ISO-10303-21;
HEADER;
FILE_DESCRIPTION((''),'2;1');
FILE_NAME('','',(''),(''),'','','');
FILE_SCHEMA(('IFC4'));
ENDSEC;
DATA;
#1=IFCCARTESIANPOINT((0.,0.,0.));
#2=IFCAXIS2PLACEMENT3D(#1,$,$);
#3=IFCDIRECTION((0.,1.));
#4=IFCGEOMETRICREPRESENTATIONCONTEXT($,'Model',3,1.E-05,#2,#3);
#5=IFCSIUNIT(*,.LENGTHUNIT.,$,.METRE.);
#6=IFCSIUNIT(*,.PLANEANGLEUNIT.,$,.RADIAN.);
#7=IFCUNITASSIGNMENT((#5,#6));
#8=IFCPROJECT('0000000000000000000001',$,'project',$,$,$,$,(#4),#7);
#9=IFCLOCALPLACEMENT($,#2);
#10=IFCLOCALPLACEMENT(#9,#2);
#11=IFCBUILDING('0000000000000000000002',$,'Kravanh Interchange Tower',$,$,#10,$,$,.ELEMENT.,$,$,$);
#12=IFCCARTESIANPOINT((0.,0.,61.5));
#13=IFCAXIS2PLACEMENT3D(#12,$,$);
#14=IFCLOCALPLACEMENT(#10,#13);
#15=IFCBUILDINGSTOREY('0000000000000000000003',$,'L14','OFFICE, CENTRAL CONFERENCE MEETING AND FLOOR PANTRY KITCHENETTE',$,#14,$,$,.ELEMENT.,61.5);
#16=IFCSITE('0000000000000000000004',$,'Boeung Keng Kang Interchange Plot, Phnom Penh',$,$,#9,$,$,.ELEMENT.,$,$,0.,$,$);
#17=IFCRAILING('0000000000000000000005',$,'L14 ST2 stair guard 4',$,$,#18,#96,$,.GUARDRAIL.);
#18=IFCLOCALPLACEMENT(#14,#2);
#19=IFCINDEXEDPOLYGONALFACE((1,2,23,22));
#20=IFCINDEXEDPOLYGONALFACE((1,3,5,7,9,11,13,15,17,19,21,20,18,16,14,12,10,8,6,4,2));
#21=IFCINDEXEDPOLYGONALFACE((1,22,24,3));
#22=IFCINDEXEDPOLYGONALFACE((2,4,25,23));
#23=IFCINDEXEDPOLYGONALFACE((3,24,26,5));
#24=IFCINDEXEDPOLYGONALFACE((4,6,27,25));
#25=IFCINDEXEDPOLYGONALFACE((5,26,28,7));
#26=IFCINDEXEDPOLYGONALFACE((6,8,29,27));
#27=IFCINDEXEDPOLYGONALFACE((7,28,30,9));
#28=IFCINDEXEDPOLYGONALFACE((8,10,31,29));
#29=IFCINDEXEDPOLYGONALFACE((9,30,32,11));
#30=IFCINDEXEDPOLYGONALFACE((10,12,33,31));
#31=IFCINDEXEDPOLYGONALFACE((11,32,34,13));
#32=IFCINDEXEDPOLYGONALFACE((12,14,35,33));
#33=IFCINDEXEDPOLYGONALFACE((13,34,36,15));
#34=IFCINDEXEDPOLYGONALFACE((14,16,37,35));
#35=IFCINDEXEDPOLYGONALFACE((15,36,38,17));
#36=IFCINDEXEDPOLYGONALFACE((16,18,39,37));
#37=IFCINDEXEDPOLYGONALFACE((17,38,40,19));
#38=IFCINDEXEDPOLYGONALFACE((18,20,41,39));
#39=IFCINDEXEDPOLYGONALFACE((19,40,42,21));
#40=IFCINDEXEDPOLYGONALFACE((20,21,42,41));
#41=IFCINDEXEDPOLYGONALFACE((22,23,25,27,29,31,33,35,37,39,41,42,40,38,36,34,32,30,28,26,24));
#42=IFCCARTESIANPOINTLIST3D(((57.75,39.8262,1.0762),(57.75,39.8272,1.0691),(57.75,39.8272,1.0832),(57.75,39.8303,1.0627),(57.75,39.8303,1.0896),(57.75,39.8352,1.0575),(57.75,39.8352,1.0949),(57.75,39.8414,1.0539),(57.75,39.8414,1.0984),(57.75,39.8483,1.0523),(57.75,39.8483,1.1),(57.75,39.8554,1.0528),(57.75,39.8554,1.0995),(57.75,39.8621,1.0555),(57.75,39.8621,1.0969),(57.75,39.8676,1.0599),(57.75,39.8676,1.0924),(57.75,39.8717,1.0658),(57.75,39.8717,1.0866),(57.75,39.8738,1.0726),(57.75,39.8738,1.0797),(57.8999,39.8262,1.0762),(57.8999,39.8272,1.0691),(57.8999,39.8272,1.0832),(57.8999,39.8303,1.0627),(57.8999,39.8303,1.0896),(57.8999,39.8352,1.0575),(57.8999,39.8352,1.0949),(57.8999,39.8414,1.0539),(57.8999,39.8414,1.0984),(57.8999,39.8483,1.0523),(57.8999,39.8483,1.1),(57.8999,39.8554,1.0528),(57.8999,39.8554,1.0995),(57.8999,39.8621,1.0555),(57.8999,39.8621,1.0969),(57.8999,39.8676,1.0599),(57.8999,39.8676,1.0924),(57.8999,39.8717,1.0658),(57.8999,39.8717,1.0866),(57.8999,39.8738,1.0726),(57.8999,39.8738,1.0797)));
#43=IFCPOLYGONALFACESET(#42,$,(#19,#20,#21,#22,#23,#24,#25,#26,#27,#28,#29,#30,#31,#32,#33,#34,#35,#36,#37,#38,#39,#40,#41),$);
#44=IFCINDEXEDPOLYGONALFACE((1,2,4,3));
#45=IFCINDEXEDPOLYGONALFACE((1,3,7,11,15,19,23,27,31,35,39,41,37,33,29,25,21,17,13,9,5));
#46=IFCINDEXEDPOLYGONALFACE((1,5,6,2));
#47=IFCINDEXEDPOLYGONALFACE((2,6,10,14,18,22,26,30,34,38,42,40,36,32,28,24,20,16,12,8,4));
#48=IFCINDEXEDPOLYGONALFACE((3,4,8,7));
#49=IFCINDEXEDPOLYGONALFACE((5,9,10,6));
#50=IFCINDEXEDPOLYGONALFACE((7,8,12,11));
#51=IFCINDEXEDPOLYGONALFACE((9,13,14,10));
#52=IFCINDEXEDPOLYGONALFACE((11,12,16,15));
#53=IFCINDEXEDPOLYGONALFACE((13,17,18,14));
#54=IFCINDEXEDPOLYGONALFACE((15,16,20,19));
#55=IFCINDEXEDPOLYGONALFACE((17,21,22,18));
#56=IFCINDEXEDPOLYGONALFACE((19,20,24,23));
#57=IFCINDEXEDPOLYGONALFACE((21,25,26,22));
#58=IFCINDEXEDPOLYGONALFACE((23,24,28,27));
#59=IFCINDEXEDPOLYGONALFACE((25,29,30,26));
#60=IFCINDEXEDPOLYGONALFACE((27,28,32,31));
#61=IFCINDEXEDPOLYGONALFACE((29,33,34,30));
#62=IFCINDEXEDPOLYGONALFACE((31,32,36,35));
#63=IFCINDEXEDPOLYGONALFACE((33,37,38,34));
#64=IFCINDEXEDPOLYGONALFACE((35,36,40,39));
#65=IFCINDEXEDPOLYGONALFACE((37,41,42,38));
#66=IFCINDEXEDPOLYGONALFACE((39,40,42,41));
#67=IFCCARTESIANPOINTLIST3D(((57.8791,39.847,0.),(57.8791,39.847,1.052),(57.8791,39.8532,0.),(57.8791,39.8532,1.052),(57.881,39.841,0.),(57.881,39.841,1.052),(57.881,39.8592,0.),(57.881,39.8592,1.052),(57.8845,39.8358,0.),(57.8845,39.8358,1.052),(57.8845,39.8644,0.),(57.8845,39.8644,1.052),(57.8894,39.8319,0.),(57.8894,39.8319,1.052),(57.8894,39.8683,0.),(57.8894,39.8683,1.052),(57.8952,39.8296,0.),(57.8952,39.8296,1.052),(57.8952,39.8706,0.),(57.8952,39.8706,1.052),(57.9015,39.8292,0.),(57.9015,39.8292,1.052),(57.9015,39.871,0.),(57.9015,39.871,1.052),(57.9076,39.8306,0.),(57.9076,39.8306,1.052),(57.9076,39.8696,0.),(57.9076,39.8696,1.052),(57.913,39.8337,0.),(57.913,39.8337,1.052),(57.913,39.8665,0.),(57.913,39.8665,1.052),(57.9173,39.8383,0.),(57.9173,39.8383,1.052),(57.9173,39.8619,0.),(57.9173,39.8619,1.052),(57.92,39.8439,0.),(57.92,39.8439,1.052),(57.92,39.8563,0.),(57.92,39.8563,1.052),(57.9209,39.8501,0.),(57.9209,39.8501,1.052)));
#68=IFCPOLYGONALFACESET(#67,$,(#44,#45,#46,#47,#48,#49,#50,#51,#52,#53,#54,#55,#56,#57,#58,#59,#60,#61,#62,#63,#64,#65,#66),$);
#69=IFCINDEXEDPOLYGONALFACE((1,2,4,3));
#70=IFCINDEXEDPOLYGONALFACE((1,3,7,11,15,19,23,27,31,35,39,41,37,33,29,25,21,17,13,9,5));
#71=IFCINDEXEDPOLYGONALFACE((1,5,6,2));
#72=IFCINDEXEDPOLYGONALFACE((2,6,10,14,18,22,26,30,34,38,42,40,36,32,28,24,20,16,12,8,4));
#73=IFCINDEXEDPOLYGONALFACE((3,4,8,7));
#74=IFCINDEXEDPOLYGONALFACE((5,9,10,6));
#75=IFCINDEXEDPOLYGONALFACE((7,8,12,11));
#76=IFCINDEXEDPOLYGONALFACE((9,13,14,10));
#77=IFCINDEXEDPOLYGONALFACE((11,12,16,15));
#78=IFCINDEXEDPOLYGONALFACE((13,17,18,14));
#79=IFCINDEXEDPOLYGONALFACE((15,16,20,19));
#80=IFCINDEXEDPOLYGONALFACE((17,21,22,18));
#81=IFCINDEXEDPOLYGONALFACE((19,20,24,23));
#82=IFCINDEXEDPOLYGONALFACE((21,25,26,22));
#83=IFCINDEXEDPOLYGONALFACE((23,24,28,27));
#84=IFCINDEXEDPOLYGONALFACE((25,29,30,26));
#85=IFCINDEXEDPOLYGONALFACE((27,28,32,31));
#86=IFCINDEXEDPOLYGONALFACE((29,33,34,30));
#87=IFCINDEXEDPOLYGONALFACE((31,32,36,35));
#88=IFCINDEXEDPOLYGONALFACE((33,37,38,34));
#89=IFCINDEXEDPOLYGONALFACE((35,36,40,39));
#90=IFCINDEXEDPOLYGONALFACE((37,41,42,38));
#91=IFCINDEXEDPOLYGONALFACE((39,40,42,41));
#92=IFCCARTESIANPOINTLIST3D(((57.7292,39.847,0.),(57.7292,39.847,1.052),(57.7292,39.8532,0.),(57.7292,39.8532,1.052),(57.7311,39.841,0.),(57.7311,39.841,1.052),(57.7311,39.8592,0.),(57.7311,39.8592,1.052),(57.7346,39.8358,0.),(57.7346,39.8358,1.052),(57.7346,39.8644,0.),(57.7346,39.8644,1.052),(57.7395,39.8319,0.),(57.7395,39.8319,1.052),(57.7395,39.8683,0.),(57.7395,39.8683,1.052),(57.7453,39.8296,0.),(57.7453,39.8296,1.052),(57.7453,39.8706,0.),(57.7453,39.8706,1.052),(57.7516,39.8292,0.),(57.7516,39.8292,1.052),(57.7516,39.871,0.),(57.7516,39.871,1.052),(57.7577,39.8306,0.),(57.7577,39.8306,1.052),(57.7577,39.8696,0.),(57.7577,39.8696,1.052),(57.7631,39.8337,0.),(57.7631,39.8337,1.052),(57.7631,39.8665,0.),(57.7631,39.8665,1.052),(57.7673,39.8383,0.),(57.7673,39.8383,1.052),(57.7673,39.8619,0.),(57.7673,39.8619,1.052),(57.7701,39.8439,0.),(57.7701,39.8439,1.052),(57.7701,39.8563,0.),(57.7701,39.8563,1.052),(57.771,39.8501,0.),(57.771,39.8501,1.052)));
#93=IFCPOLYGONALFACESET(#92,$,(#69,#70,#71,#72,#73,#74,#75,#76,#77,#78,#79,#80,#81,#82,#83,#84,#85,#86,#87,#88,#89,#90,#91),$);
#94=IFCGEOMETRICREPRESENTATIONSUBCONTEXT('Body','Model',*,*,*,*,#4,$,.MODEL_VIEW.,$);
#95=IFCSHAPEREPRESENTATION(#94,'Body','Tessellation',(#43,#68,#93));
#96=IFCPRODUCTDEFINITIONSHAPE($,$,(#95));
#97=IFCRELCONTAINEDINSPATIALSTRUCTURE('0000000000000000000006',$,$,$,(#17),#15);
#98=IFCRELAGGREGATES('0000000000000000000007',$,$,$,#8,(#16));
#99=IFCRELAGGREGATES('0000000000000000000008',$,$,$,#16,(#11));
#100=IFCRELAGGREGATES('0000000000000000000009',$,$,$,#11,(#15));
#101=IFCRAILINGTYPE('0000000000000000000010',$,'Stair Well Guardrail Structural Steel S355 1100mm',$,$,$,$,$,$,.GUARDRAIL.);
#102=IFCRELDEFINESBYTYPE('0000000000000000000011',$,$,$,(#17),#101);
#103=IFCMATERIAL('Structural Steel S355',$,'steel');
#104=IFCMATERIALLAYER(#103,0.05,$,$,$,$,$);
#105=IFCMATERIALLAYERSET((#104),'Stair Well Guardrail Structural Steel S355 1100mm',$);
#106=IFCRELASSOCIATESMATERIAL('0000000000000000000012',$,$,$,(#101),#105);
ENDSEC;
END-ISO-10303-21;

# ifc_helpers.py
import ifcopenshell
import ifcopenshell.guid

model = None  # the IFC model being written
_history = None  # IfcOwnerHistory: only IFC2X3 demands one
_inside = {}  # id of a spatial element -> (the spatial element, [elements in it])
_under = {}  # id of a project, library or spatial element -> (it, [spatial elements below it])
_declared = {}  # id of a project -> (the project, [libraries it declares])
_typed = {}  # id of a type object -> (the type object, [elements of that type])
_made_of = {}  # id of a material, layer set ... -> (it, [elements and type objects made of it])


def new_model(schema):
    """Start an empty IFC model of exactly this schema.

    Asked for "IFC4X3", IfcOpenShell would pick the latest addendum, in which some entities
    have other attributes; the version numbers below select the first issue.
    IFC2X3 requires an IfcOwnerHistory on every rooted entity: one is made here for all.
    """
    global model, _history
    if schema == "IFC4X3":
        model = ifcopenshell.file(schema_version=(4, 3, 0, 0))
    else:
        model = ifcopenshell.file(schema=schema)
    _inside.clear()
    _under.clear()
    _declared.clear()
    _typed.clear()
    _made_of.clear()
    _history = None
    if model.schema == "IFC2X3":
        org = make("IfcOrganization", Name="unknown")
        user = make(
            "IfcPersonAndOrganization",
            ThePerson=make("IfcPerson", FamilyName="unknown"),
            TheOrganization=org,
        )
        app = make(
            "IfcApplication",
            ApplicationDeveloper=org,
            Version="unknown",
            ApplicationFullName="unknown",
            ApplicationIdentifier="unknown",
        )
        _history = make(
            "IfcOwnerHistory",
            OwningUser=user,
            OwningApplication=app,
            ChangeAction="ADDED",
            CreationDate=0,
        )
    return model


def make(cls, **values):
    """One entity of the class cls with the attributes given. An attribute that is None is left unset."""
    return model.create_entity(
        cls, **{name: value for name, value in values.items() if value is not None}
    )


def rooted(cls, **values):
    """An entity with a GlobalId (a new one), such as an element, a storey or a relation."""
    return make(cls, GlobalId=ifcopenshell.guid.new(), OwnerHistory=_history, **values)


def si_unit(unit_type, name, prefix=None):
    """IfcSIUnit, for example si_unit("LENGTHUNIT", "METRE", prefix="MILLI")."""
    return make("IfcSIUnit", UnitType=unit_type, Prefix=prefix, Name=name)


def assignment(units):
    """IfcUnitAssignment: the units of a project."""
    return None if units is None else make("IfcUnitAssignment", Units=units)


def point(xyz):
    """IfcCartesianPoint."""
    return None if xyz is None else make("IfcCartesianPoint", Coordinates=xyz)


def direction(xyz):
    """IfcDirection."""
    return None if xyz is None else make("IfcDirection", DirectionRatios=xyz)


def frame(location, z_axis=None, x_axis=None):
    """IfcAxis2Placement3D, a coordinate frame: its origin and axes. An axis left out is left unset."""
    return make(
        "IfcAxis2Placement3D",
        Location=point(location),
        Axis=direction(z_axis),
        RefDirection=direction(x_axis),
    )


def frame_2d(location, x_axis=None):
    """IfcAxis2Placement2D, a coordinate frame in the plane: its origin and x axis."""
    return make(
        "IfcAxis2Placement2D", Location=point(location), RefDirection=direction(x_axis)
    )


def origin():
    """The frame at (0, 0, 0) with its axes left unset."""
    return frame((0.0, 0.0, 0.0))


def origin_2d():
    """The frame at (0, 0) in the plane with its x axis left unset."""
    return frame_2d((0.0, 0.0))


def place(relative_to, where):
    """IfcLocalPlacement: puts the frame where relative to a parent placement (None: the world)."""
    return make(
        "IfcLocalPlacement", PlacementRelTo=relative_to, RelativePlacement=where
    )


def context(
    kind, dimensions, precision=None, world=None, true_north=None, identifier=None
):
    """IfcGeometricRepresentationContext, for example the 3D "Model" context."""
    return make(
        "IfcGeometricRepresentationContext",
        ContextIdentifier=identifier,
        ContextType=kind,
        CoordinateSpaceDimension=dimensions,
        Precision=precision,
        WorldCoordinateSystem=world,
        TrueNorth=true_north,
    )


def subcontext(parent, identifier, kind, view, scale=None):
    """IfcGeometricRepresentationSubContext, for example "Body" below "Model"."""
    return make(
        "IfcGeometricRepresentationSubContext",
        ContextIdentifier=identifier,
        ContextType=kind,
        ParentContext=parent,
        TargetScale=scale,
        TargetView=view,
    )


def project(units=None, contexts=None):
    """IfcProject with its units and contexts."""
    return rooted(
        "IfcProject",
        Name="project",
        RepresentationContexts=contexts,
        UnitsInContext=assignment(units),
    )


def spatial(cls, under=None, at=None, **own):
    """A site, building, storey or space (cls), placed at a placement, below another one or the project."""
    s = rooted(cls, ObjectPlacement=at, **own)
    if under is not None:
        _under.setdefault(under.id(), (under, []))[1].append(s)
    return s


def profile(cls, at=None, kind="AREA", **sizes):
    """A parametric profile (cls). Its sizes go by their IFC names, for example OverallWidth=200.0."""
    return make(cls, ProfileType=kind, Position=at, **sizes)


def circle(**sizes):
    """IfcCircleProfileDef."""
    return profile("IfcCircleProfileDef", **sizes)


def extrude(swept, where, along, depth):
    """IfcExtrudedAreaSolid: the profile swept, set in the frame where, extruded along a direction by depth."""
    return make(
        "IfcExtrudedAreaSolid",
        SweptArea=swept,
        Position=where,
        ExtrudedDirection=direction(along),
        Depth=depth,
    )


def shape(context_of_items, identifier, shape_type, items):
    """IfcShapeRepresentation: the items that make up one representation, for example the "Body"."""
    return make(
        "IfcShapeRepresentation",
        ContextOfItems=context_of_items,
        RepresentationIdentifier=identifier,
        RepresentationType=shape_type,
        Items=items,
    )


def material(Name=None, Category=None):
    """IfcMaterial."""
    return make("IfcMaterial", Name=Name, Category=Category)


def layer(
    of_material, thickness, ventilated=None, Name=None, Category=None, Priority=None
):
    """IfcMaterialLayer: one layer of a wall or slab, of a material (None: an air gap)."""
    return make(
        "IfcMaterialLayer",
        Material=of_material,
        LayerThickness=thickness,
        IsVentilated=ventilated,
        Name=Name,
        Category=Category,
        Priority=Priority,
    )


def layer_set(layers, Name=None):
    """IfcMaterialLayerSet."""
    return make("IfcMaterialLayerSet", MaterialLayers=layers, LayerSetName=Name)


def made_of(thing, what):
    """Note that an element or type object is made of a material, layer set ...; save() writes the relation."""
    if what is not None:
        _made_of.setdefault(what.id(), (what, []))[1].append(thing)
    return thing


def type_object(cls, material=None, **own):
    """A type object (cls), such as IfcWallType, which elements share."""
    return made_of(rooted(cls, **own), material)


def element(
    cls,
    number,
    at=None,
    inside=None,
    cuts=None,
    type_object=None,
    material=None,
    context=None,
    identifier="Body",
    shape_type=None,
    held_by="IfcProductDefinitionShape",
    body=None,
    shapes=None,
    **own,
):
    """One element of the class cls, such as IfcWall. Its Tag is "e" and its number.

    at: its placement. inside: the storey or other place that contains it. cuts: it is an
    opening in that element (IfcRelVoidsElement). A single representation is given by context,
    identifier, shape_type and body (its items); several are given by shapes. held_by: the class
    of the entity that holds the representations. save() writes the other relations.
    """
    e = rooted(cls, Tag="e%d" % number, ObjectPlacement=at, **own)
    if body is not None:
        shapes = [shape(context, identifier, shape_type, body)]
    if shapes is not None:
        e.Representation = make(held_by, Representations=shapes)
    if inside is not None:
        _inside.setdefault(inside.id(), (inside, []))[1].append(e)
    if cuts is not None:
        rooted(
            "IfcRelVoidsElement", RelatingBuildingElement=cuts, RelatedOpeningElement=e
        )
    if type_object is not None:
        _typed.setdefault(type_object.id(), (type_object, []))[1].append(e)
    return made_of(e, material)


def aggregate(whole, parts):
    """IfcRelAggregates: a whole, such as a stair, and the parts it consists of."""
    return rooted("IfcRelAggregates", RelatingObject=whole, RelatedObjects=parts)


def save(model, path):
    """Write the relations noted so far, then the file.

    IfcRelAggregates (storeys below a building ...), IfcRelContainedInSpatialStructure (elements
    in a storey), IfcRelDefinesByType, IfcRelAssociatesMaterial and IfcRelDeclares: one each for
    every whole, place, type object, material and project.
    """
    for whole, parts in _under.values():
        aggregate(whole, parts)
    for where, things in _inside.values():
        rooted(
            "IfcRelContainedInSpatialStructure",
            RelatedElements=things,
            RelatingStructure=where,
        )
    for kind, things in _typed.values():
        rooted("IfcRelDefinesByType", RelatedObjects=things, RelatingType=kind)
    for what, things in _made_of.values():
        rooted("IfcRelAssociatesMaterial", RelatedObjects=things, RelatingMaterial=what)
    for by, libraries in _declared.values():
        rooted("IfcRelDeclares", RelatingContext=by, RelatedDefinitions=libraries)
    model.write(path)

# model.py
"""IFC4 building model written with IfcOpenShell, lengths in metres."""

from ifc_helpers import new_model, si_unit, direction, frame, origin, origin_2d, place, context, subcontext, project, spatial, circle, extrude, material, layer, layer_set, type_object, element, save


model = new_model("IFC4")

# Units and contexts
model_context = context("Model", 3, precision=1e-05, world=origin(), true_north=direction((0.0, 1.0)))
body_context = subcontext(model_context, "Body", "Model", "MODEL_VIEW")
ifc_project = project(units=[si_unit("LENGTHUNIT", "METRE"), si_unit("PLANEANGLEUNIT", "RADIAN")], contexts=[model_context])

# Site, building, storey
site_placement = place(None, origin())
site = spatial("IfcSite", under=ifc_project, at=site_placement, Name="Boeung Keng Kang Interchange Plot, Phnom Penh", CompositionType="ELEMENT", RefElevation=0.0)
building_placement = place(site_placement, origin())
building = spatial("IfcBuilding", under=site, at=building_placement, Name="Kravanh Interchange Tower", CompositionType="ELEMENT")
storey_placement = place(building_placement, frame((0.0, 0.0, 61.5)))
storey = spatial("IfcBuildingStorey", under=building, at=storey_placement, Name="L14", Description="OFFICE, CENTRAL CONFERENCE MEETING AND FLOOR PANTRY KITCHENETTE", CompositionType="ELEMENT", Elevation=61.5)

# Railing
ifc_material_1 = material(Name="Structural Steel S355", Category="steel")
ifc_layer_1 = layer(ifc_material_1, 0.05)
ifc_layer_set_1 = layer_set([ifc_layer_1], Name="Stair Well Guardrail Structural Steel S355 1100mm")
railing_type_1 = type_object("IfcRailingType", Name="Stair Well Guardrail Structural Steel S355 1100mm", PredefinedType="GUARDRAIL", material=ifc_layer_set_1)
railing_1_placement = place(storey_placement, frame((57.8999, 39.8501, 0.0)))
element("IfcRailing", 1, at=railing_1_placement, inside=storey, type_object=railing_type_1, Name="L14 ST2 stair guard 4", PredefinedType="GUARDRAIL", context=body_context, shape_type="SweptSolid", body=[
    extrude(circle(Radius=0.0239, at=origin_2d()), frame((0.0, 0.0, 1.0762), z_axis=(-1.0, 0.0, 0.0), x_axis=(0.0, -1.0, 0.0)), (0.0, 0.0, 1.0), 0.1499),
    extrude(circle(Radius=0.021, at=origin_2d()), origin(), (0.0, 0.0, 1.0), 1.052),
    extrude(circle(Radius=0.021, at=origin_2d()), frame((-0.1499, 0.0, 0.0)), (0.0, 0.0, 1.0), 1.052),
])

save(model, "model.ifc")
